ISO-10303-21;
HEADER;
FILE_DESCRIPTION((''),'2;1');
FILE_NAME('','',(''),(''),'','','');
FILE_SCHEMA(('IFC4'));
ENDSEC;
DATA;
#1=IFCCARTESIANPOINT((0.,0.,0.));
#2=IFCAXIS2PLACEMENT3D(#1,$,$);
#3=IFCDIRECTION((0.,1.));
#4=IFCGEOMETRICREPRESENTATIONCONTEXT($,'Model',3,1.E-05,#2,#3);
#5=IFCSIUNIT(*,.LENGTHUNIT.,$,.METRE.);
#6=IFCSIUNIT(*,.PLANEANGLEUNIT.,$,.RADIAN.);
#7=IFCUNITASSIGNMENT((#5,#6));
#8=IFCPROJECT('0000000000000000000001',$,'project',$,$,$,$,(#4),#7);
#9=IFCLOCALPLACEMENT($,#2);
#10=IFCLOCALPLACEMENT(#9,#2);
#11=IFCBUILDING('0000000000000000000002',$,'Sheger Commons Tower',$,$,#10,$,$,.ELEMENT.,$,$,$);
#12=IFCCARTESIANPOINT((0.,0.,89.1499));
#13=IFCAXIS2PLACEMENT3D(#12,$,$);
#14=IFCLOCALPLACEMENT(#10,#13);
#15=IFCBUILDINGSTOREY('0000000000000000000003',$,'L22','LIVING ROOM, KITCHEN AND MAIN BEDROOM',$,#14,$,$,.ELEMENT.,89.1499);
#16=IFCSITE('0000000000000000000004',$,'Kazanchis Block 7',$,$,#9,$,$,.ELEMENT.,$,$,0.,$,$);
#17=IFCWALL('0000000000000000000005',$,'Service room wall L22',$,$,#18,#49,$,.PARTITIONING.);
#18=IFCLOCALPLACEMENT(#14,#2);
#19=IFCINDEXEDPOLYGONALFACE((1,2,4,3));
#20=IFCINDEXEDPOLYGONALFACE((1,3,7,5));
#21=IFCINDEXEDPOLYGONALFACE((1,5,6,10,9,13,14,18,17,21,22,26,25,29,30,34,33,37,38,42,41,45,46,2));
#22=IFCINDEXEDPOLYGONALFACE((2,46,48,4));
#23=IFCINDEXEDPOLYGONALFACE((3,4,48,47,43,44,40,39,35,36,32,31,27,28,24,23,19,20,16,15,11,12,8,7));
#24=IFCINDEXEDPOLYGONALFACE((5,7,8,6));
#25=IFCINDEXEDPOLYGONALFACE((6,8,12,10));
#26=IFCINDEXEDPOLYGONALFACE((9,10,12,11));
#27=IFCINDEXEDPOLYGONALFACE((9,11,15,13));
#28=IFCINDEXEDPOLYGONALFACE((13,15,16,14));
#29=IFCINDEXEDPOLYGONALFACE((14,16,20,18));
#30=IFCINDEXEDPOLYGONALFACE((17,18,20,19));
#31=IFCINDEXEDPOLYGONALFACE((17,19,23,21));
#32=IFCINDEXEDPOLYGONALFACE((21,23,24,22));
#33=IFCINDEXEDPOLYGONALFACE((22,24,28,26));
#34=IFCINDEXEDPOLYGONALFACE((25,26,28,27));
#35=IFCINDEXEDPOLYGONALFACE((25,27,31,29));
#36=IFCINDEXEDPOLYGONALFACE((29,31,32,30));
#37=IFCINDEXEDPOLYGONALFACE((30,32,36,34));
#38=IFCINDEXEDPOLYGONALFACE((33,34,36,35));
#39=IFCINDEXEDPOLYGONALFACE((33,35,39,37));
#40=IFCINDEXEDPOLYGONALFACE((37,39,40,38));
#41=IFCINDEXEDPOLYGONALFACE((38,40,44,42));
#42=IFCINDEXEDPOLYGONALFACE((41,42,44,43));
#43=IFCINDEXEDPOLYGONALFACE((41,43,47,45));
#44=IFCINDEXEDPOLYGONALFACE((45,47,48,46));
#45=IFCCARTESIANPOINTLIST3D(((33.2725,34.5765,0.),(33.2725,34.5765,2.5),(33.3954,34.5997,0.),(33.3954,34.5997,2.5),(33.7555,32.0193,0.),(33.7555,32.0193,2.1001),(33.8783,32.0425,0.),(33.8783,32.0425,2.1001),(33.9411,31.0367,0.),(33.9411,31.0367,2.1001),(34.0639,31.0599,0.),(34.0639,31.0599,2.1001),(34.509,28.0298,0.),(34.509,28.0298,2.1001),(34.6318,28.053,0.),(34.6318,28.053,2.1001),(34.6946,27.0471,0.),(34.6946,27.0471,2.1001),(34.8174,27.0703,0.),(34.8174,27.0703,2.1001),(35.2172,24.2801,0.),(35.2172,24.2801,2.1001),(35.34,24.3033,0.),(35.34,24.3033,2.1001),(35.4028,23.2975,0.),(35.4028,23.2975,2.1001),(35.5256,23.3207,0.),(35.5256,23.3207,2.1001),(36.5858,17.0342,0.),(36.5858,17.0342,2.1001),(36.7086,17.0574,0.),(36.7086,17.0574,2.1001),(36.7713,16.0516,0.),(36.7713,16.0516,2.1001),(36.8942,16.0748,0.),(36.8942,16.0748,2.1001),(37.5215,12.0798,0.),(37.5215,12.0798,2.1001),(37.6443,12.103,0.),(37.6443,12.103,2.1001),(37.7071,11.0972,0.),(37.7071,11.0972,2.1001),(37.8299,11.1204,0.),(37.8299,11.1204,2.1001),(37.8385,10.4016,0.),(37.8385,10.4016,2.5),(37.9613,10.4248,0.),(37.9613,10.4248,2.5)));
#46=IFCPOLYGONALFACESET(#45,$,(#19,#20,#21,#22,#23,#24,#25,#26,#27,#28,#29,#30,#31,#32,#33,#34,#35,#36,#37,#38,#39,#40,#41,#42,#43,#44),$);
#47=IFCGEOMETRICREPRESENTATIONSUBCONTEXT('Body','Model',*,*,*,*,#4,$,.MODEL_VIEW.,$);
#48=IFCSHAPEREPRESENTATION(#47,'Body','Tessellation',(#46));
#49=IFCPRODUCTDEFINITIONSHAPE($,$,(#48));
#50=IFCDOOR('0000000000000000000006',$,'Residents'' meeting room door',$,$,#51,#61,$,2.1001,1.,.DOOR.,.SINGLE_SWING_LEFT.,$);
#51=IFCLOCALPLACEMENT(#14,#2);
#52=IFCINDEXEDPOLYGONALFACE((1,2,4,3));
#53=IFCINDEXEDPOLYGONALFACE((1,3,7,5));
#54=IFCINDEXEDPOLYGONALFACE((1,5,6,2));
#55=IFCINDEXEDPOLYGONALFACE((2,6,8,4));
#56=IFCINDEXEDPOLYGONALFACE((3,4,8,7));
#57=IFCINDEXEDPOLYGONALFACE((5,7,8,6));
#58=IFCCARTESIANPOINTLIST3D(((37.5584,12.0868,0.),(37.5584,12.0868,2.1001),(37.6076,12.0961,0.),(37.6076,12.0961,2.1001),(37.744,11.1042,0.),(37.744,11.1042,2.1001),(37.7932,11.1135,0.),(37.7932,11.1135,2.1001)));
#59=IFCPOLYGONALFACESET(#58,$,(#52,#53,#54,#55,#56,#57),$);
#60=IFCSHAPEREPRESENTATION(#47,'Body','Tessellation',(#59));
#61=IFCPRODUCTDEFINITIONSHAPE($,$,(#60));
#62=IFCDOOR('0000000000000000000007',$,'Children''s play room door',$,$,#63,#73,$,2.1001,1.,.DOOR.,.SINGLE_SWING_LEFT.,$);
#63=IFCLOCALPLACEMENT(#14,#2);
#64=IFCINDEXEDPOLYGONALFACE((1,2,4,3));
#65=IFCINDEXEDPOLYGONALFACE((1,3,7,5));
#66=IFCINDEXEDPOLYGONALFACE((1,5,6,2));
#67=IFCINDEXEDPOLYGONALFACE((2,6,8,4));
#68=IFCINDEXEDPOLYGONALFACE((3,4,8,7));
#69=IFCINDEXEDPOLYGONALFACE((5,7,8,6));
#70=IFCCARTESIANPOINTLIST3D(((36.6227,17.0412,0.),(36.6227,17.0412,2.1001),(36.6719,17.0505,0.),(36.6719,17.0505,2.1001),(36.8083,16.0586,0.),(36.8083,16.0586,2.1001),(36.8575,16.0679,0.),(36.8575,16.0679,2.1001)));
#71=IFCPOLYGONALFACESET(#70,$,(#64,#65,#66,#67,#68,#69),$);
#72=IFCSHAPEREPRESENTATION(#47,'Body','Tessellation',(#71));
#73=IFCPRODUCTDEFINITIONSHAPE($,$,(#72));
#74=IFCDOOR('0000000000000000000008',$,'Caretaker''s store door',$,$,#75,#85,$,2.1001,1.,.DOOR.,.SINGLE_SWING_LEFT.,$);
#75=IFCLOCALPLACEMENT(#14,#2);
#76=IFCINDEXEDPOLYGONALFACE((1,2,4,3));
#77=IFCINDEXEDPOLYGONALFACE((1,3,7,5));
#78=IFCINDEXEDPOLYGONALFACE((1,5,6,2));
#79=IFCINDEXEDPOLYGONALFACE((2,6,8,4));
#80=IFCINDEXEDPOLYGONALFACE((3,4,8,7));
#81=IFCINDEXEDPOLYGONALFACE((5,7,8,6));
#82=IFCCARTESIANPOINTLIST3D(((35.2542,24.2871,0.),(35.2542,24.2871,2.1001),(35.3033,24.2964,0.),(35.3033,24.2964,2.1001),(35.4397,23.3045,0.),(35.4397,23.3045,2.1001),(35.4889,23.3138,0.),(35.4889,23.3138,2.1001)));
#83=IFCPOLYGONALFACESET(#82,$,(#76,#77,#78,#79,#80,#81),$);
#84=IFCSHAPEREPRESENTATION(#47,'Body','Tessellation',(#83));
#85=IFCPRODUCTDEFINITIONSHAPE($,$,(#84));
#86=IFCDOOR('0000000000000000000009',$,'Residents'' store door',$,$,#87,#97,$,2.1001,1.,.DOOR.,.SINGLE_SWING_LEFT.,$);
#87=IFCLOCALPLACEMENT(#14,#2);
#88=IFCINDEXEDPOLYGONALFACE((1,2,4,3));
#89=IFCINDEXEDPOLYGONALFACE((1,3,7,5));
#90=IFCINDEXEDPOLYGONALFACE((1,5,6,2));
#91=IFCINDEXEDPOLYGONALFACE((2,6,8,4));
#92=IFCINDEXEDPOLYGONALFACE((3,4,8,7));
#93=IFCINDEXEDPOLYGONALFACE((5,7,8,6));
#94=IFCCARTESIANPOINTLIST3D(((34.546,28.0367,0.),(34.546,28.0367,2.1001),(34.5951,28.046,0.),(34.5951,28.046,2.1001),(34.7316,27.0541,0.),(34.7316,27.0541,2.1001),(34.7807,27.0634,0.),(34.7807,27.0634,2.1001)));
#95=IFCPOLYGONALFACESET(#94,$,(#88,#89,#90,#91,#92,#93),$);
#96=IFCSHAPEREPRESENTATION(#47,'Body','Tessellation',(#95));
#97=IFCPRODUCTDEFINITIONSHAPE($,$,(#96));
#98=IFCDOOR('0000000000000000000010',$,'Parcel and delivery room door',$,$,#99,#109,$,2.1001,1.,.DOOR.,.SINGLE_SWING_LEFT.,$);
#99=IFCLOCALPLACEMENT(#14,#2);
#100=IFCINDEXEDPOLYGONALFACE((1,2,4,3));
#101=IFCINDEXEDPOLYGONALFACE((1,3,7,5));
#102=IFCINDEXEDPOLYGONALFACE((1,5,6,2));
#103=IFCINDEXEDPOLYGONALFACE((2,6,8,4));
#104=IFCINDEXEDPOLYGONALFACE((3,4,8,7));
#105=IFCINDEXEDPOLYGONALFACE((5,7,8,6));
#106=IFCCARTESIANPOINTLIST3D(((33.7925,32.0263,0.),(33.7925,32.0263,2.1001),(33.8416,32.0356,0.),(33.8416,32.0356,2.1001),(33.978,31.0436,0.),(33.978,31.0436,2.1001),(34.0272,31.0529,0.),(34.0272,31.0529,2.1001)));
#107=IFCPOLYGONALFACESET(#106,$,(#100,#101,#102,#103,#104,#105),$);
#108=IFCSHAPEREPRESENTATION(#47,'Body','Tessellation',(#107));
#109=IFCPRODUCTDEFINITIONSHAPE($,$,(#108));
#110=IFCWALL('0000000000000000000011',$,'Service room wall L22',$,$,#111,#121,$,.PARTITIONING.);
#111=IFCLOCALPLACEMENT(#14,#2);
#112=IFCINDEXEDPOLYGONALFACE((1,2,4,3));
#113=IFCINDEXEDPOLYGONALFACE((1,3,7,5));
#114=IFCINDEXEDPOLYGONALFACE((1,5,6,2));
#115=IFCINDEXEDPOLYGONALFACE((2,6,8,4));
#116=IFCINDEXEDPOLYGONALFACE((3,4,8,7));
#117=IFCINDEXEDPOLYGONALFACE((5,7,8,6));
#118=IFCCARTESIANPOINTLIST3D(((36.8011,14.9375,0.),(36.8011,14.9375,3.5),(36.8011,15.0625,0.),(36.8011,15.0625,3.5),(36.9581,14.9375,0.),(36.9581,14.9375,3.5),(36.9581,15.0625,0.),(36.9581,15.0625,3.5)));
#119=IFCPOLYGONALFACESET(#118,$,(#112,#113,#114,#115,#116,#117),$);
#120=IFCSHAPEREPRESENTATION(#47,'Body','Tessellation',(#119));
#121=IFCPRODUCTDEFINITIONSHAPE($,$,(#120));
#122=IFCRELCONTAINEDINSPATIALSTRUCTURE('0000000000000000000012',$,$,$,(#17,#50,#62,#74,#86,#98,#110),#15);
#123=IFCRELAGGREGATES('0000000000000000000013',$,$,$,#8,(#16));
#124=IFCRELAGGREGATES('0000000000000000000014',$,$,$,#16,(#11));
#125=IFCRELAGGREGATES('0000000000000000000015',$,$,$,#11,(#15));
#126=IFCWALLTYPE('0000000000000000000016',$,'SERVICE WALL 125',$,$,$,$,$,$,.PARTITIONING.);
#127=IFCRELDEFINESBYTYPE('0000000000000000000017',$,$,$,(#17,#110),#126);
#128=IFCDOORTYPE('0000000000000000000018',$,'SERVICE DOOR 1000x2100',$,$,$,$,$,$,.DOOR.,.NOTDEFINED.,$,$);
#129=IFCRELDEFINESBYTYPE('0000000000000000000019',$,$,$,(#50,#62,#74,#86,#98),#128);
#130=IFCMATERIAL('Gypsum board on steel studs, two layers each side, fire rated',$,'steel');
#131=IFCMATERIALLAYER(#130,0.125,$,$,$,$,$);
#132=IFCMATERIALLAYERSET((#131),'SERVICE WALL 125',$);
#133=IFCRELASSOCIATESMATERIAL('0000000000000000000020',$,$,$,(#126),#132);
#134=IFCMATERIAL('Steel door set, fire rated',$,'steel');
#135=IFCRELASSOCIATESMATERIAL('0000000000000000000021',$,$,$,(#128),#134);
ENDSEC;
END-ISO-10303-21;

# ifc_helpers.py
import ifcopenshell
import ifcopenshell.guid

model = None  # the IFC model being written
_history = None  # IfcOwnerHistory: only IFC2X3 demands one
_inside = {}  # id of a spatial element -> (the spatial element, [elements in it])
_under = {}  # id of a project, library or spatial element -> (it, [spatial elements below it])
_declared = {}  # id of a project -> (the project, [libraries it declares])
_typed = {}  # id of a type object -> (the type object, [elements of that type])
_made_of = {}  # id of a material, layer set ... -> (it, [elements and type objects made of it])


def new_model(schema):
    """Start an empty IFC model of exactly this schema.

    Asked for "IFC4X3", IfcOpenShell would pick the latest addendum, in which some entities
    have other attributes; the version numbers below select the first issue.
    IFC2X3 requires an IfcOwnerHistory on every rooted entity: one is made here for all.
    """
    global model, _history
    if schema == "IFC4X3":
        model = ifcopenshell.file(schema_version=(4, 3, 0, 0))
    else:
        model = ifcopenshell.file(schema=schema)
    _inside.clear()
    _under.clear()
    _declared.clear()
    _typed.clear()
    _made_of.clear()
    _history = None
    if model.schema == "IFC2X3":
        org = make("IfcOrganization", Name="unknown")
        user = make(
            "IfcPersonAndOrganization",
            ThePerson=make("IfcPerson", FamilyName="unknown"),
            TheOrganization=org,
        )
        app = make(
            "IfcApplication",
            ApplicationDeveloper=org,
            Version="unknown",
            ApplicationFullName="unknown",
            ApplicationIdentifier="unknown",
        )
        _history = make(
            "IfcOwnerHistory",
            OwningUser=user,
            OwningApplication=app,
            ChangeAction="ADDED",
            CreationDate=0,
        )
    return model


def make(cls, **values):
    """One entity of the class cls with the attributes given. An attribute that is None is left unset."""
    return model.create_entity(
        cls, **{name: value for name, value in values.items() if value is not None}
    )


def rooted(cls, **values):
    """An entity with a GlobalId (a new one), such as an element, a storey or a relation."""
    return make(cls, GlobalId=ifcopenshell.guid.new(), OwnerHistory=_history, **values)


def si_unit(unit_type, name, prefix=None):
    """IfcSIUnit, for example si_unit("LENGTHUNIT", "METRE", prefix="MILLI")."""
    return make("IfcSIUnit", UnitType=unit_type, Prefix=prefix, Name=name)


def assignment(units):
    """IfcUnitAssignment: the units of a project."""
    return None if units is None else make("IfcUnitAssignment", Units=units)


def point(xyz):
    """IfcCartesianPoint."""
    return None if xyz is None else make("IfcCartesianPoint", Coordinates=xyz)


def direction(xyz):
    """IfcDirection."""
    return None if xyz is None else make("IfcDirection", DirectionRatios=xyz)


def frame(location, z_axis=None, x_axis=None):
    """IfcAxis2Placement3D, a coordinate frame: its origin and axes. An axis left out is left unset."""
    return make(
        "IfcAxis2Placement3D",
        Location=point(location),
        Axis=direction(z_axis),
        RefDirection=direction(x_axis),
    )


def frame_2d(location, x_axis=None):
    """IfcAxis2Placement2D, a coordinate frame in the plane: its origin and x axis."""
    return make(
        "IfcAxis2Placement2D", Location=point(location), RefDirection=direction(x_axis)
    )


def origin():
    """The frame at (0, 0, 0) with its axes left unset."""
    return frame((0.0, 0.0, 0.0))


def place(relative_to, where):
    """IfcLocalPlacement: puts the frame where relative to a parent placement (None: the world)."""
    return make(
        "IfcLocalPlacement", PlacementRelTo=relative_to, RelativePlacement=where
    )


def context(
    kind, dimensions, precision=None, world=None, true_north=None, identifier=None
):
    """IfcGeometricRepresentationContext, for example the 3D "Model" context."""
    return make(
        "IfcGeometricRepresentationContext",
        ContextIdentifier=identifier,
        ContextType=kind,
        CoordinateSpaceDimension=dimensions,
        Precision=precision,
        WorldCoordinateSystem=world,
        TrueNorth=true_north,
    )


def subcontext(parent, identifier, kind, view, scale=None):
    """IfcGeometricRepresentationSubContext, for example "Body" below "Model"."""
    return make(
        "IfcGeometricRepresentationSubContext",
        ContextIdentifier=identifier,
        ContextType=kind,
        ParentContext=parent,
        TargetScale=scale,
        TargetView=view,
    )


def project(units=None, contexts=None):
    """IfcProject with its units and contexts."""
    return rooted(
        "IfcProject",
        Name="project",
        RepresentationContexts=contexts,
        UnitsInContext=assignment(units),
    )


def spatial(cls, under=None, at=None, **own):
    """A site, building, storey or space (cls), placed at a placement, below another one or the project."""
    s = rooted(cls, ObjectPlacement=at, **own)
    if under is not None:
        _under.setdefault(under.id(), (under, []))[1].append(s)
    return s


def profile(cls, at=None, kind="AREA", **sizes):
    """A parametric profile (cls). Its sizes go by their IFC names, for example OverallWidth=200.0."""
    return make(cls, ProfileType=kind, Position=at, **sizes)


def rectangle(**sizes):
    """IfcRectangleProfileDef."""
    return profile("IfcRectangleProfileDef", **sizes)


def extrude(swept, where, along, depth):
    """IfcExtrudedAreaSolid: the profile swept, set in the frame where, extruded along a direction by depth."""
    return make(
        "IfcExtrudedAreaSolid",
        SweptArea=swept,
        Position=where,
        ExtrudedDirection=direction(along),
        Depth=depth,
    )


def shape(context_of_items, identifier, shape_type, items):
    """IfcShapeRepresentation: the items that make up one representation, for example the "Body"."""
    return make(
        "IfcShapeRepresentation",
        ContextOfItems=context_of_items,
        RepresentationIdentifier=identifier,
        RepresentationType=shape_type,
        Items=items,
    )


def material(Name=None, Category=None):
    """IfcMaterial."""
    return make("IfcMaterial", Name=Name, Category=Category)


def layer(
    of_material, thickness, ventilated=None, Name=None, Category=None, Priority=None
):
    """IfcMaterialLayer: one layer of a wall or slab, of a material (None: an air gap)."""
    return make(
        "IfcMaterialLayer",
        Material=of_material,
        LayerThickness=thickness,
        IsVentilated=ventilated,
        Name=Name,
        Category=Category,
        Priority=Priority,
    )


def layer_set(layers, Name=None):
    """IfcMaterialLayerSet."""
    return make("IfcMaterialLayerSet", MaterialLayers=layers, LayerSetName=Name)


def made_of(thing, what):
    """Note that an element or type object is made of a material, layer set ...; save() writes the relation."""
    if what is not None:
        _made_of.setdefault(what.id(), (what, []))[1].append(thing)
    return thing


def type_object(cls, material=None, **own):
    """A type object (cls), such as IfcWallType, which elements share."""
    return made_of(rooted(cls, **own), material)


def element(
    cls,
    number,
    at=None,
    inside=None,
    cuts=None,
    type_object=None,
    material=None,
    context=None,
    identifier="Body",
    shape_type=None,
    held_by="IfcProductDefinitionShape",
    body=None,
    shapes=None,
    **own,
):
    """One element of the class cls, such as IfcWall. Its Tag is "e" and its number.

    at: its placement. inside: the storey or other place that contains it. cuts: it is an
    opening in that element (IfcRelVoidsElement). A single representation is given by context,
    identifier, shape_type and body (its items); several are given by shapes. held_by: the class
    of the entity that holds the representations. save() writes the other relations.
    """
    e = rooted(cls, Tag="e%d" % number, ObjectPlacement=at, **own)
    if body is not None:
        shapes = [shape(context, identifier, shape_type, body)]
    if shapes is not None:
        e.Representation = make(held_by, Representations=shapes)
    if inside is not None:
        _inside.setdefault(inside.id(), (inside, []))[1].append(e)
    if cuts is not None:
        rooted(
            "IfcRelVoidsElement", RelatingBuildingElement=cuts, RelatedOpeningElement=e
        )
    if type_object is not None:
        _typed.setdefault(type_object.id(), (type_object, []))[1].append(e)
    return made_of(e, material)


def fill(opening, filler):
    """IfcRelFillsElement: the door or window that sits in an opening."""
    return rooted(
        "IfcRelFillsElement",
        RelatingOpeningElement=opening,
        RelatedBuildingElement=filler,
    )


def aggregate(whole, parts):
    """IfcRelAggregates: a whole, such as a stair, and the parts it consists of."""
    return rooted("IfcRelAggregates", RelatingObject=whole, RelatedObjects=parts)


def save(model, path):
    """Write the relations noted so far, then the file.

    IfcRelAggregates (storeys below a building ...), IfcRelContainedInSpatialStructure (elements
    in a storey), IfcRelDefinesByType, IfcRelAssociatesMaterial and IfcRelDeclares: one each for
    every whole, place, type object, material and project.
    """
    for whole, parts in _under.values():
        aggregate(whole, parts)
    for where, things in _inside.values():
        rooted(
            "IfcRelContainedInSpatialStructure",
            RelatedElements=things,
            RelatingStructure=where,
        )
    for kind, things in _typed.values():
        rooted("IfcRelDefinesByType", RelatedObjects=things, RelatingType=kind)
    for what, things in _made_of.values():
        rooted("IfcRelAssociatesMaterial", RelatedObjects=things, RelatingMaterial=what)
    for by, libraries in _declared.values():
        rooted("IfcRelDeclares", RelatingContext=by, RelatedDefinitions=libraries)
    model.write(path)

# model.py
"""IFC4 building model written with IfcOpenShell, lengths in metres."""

from ifc_helpers import new_model, si_unit, direction, frame, frame_2d, origin, place, context, subcontext, project, spatial, rectangle, extrude, material, layer, layer_set, type_object, element, fill, save


model = new_model("IFC4")

# Units and contexts
model_context = context("Model", 3, precision=1e-05, world=origin(), true_north=direction((0.0, 1.0)))
body_context = subcontext(model_context, "Body", "Model", "MODEL_VIEW")
ifc_project = project(units=[si_unit("LENGTHUNIT", "METRE"), si_unit("PLANEANGLEUNIT", "RADIAN")], contexts=[model_context])

# Site, building, storey
site_placement = place(None, origin())
site = spatial("IfcSite", under=ifc_project, at=site_placement, Name="Kazanchis Block 7", CompositionType="ELEMENT", RefElevation=0.0)
building_placement = place(site_placement, origin())
building = spatial("IfcBuilding", under=site, at=building_placement, Name="Sheger Commons Tower", CompositionType="ELEMENT")
storey_placement = place(building_placement, frame((0.0, 0.0, 89.1499)))
storey = spatial("IfcBuildingStorey", under=building, at=storey_placement, Name="L22", Description="LIVING ROOM, KITCHEN AND MAIN BEDROOM", CompositionType="ELEMENT", Elevation=89.1499)

# Wall, openings, doors
ifc_material_1 = material(Name="Gypsum board on steel studs, two layers each side, fire rated", Category="steel")
ifc_layer_1 = layer(ifc_material_1, 0.125)
ifc_layer_set_1 = layer_set([ifc_layer_1], Name="SERVICE WALL 125")
wall_type_1 = type_object("IfcWallType", Name="SERVICE WALL 125", PredefinedType="PARTITIONING", material=ifc_layer_set_1)
wall_1_placement = place(storey_placement, frame((37.8999, 10.4131, 0.0), z_axis=(0.0, 0.0, 1.0), x_axis=(-0.18559, 0.982627, 0.0)))
wall_1 = element("IfcWall", 1, at=wall_1_placement, inside=storey, type_object=wall_type_1, Name="Service room wall L22", PredefinedType="PARTITIONING", context=body_context, shape_type="SweptSolid", body=[
    extrude(rectangle(XDim=24.6023, YDim=0.125, at=frame_2d((12.3013, 0.0))), origin(), (0.0, 0.0, 1.0), 2.5),
])
opening_1_placement = place(wall_1_placement, frame((0.708, 0.0, 0.0)))
opening_1 = element("IfcOpeningElement", 2, at=opening_1_placement, cuts=wall_1, PredefinedType="OPENING", context=body_context, shape_type="SweptSolid", body=[
    extrude(rectangle(XDim=1.0, YDim=2.1001, at=frame_2d((0.5, 1.05))), frame((0.0, 0.0725, 0.0), z_axis=(0.0, -1.0, 0.0), x_axis=(1.0, 0.0, 0.0)), (0.0, 0.0, 1.0), 0.145),
])
opening_2_placement = place(wall_1_placement, frame((5.75, 0.0, 0.0)))
opening_2 = element("IfcOpeningElement", 3, at=opening_2_placement, cuts=wall_1, PredefinedType="OPENING", context=body_context, shape_type="SweptSolid", body=[
    extrude(rectangle(XDim=1.0, YDim=2.1001, at=frame_2d((0.5, 1.05))), frame((0.0, 0.0725, 0.0), z_axis=(0.0, -1.0, 0.0), x_axis=(1.0, 0.0, 0.0)), (0.0, 0.0, 1.0), 0.145),
])
opening_3_placement = place(wall_1_placement, frame((13.124, 0.0, 0.0)))
opening_3 = element("IfcOpeningElement", 4, at=opening_3_placement, cuts=wall_1, PredefinedType="OPENING", context=body_context, shape_type="SweptSolid", body=[
    extrude(rectangle(XDim=1.0, YDim=2.1001, at=frame_2d((0.5, 1.05))), frame((0.0, 0.0725, 0.0), z_axis=(0.0, -1.0, 0.0), x_axis=(1.0, 0.0, 0.0)), (0.0, 0.0, 1.0), 0.145),
])
opening_4_placement = place(wall_1_placement, frame((16.9399, 0.0, 0.0)))
opening_4 = element("IfcOpeningElement", 5, at=opening_4_placement, cuts=wall_1, PredefinedType="OPENING", context=body_context, shape_type="SweptSolid", body=[
    extrude(rectangle(XDim=1.0, YDim=2.1001, at=frame_2d((0.5, 1.05))), frame((0.0, 0.0725, 0.0), z_axis=(0.0, -1.0, 0.0), x_axis=(1.0, 0.0, 0.0)), (0.0, 0.0, 1.0), 0.145),
])
opening_5_placement = place(wall_1_placement, frame((21.0, 0.0, 0.0)))
opening_5 = element("IfcOpeningElement", 6, at=opening_5_placement, cuts=wall_1, PredefinedType="OPENING", context=body_context, shape_type="SweptSolid", body=[
    extrude(rectangle(XDim=1.0, YDim=2.1001, at=frame_2d((0.5, 1.05))), frame((0.0, 0.0725, 0.0), z_axis=(0.0, -1.0, 0.0), x_axis=(1.0, 0.0, 0.0)), (0.0, 0.0, 1.0), 0.145),
])
ifc_material_2 = material(Name="Steel door set, fire rated", Category="steel")
door_type_1 = type_object("IfcDoorType", Name="SERVICE DOOR 1000x2100", OperationType="NOTDEFINED", PredefinedType="DOOR", material=ifc_material_2)
door_1_placement = place(opening_1_placement, origin())
door_1 = element("IfcDoor", 7, at=door_1_placement, inside=storey, type_object=door_type_1, Name="Residents' meeting room door", OperationType="SINGLE_SWING_LEFT", OverallHeight=2.1001, OverallWidth=1.0, PredefinedType="DOOR", context=body_context, shape_type="SweptSolid", body=[
    extrude(rectangle(XDim=1.0, YDim=2.1001, at=frame_2d((0.5, 1.05))), frame((0.0, 0.0249, 0.0), z_axis=(0.0, -1.0, 0.0), x_axis=(1.0, 0.0, 0.0)), (0.0, 0.0, 1.0), 0.05),
])
fill(opening_1, door_1)
door_2_placement = place(opening_2_placement, origin())
door_2 = element("IfcDoor", 8, at=door_2_placement, inside=storey, type_object=door_type_1, Name="Children's play room door", OperationType="SINGLE_SWING_LEFT", OverallHeight=2.1001, OverallWidth=1.0, PredefinedType="DOOR", context=body_context, shape_type="SweptSolid", body=[
    extrude(rectangle(XDim=1.0, YDim=2.1001, at=frame_2d((0.5, 1.05))), frame((0.0, 0.0249, 0.0), z_axis=(0.0, -1.0, 0.0), x_axis=(1.0, 0.0, 0.0)), (0.0, 0.0, 1.0), 0.05),
])
fill(opening_2, door_2)
door_3_placement = place(opening_3_placement, origin())
door_3 = element("IfcDoor", 9, at=door_3_placement, inside=storey, type_object=door_type_1, Name="Caretaker's store door", OperationType="SINGLE_SWING_LEFT", OverallHeight=2.1001, OverallWidth=1.0, PredefinedType="DOOR", context=body_context, shape_type="SweptSolid", body=[
    extrude(rectangle(XDim=1.0, YDim=2.1001, at=frame_2d((0.5, 1.05))), frame((0.0, 0.0249, 0.0), z_axis=(0.0, -1.0, 0.0), x_axis=(1.0, 0.0, 0.0)), (0.0, 0.0, 1.0), 0.05),
])
fill(opening_3, door_3)
door_4_placement = place(opening_4_placement, origin())
door_4 = element("IfcDoor", 10, at=door_4_placement, inside=storey, type_object=door_type_1, Name="Residents' store door", OperationType="SINGLE_SWING_LEFT", OverallHeight=2.1001, OverallWidth=1.0, PredefinedType="DOOR", context=body_context, shape_type="SweptSolid", body=[
    extrude(rectangle(XDim=1.0, YDim=2.1001, at=frame_2d((0.5, 1.05))), frame((0.0, 0.0249, 0.0), z_axis=(0.0, -1.0, 0.0), x_axis=(1.0, 0.0, 0.0)), (0.0, 0.0, 1.0), 0.05),
])
fill(opening_4, door_4)
door_5_placement = place(opening_5_placement, origin())
door_5 = element("IfcDoor", 11, at=door_5_placement, inside=storey, type_object=door_type_1, Name="Parcel and delivery room door", OperationType="SINGLE_SWING_LEFT", OverallHeight=2.1001, OverallWidth=1.0, PredefinedType="DOOR", context=body_context, shape_type="SweptSolid", body=[
    extrude(rectangle(XDim=1.0, YDim=2.1001, at=frame_2d((0.5, 1.05))), frame((0.0, 0.0249, 0.0), z_axis=(0.0, -1.0, 0.0), x_axis=(1.0, 0.0, 0.0)), (0.0, 0.0, 1.0), 0.05),
])
fill(opening_5, door_5)

# Wall
wall_2_placement = place(storey_placement, frame((36.801, 15.0, 0.0), z_axis=(0.0, 0.0, 1.0), x_axis=(1.0, 0.0, 0.0)))
element("IfcWall", 12, at=wall_2_placement, inside=storey, type_object=wall_type_1, Name="Service room wall L22", PredefinedType="PARTITIONING", context=body_context, shape_type="SweptSolid", body=[
    extrude(rectangle(XDim=0.157, YDim=0.125, at=frame_2d((0.0786, 0.0))), origin(), (0.0, 0.0, 1.0), 3.5),
])

save(model, "model.ifc")
